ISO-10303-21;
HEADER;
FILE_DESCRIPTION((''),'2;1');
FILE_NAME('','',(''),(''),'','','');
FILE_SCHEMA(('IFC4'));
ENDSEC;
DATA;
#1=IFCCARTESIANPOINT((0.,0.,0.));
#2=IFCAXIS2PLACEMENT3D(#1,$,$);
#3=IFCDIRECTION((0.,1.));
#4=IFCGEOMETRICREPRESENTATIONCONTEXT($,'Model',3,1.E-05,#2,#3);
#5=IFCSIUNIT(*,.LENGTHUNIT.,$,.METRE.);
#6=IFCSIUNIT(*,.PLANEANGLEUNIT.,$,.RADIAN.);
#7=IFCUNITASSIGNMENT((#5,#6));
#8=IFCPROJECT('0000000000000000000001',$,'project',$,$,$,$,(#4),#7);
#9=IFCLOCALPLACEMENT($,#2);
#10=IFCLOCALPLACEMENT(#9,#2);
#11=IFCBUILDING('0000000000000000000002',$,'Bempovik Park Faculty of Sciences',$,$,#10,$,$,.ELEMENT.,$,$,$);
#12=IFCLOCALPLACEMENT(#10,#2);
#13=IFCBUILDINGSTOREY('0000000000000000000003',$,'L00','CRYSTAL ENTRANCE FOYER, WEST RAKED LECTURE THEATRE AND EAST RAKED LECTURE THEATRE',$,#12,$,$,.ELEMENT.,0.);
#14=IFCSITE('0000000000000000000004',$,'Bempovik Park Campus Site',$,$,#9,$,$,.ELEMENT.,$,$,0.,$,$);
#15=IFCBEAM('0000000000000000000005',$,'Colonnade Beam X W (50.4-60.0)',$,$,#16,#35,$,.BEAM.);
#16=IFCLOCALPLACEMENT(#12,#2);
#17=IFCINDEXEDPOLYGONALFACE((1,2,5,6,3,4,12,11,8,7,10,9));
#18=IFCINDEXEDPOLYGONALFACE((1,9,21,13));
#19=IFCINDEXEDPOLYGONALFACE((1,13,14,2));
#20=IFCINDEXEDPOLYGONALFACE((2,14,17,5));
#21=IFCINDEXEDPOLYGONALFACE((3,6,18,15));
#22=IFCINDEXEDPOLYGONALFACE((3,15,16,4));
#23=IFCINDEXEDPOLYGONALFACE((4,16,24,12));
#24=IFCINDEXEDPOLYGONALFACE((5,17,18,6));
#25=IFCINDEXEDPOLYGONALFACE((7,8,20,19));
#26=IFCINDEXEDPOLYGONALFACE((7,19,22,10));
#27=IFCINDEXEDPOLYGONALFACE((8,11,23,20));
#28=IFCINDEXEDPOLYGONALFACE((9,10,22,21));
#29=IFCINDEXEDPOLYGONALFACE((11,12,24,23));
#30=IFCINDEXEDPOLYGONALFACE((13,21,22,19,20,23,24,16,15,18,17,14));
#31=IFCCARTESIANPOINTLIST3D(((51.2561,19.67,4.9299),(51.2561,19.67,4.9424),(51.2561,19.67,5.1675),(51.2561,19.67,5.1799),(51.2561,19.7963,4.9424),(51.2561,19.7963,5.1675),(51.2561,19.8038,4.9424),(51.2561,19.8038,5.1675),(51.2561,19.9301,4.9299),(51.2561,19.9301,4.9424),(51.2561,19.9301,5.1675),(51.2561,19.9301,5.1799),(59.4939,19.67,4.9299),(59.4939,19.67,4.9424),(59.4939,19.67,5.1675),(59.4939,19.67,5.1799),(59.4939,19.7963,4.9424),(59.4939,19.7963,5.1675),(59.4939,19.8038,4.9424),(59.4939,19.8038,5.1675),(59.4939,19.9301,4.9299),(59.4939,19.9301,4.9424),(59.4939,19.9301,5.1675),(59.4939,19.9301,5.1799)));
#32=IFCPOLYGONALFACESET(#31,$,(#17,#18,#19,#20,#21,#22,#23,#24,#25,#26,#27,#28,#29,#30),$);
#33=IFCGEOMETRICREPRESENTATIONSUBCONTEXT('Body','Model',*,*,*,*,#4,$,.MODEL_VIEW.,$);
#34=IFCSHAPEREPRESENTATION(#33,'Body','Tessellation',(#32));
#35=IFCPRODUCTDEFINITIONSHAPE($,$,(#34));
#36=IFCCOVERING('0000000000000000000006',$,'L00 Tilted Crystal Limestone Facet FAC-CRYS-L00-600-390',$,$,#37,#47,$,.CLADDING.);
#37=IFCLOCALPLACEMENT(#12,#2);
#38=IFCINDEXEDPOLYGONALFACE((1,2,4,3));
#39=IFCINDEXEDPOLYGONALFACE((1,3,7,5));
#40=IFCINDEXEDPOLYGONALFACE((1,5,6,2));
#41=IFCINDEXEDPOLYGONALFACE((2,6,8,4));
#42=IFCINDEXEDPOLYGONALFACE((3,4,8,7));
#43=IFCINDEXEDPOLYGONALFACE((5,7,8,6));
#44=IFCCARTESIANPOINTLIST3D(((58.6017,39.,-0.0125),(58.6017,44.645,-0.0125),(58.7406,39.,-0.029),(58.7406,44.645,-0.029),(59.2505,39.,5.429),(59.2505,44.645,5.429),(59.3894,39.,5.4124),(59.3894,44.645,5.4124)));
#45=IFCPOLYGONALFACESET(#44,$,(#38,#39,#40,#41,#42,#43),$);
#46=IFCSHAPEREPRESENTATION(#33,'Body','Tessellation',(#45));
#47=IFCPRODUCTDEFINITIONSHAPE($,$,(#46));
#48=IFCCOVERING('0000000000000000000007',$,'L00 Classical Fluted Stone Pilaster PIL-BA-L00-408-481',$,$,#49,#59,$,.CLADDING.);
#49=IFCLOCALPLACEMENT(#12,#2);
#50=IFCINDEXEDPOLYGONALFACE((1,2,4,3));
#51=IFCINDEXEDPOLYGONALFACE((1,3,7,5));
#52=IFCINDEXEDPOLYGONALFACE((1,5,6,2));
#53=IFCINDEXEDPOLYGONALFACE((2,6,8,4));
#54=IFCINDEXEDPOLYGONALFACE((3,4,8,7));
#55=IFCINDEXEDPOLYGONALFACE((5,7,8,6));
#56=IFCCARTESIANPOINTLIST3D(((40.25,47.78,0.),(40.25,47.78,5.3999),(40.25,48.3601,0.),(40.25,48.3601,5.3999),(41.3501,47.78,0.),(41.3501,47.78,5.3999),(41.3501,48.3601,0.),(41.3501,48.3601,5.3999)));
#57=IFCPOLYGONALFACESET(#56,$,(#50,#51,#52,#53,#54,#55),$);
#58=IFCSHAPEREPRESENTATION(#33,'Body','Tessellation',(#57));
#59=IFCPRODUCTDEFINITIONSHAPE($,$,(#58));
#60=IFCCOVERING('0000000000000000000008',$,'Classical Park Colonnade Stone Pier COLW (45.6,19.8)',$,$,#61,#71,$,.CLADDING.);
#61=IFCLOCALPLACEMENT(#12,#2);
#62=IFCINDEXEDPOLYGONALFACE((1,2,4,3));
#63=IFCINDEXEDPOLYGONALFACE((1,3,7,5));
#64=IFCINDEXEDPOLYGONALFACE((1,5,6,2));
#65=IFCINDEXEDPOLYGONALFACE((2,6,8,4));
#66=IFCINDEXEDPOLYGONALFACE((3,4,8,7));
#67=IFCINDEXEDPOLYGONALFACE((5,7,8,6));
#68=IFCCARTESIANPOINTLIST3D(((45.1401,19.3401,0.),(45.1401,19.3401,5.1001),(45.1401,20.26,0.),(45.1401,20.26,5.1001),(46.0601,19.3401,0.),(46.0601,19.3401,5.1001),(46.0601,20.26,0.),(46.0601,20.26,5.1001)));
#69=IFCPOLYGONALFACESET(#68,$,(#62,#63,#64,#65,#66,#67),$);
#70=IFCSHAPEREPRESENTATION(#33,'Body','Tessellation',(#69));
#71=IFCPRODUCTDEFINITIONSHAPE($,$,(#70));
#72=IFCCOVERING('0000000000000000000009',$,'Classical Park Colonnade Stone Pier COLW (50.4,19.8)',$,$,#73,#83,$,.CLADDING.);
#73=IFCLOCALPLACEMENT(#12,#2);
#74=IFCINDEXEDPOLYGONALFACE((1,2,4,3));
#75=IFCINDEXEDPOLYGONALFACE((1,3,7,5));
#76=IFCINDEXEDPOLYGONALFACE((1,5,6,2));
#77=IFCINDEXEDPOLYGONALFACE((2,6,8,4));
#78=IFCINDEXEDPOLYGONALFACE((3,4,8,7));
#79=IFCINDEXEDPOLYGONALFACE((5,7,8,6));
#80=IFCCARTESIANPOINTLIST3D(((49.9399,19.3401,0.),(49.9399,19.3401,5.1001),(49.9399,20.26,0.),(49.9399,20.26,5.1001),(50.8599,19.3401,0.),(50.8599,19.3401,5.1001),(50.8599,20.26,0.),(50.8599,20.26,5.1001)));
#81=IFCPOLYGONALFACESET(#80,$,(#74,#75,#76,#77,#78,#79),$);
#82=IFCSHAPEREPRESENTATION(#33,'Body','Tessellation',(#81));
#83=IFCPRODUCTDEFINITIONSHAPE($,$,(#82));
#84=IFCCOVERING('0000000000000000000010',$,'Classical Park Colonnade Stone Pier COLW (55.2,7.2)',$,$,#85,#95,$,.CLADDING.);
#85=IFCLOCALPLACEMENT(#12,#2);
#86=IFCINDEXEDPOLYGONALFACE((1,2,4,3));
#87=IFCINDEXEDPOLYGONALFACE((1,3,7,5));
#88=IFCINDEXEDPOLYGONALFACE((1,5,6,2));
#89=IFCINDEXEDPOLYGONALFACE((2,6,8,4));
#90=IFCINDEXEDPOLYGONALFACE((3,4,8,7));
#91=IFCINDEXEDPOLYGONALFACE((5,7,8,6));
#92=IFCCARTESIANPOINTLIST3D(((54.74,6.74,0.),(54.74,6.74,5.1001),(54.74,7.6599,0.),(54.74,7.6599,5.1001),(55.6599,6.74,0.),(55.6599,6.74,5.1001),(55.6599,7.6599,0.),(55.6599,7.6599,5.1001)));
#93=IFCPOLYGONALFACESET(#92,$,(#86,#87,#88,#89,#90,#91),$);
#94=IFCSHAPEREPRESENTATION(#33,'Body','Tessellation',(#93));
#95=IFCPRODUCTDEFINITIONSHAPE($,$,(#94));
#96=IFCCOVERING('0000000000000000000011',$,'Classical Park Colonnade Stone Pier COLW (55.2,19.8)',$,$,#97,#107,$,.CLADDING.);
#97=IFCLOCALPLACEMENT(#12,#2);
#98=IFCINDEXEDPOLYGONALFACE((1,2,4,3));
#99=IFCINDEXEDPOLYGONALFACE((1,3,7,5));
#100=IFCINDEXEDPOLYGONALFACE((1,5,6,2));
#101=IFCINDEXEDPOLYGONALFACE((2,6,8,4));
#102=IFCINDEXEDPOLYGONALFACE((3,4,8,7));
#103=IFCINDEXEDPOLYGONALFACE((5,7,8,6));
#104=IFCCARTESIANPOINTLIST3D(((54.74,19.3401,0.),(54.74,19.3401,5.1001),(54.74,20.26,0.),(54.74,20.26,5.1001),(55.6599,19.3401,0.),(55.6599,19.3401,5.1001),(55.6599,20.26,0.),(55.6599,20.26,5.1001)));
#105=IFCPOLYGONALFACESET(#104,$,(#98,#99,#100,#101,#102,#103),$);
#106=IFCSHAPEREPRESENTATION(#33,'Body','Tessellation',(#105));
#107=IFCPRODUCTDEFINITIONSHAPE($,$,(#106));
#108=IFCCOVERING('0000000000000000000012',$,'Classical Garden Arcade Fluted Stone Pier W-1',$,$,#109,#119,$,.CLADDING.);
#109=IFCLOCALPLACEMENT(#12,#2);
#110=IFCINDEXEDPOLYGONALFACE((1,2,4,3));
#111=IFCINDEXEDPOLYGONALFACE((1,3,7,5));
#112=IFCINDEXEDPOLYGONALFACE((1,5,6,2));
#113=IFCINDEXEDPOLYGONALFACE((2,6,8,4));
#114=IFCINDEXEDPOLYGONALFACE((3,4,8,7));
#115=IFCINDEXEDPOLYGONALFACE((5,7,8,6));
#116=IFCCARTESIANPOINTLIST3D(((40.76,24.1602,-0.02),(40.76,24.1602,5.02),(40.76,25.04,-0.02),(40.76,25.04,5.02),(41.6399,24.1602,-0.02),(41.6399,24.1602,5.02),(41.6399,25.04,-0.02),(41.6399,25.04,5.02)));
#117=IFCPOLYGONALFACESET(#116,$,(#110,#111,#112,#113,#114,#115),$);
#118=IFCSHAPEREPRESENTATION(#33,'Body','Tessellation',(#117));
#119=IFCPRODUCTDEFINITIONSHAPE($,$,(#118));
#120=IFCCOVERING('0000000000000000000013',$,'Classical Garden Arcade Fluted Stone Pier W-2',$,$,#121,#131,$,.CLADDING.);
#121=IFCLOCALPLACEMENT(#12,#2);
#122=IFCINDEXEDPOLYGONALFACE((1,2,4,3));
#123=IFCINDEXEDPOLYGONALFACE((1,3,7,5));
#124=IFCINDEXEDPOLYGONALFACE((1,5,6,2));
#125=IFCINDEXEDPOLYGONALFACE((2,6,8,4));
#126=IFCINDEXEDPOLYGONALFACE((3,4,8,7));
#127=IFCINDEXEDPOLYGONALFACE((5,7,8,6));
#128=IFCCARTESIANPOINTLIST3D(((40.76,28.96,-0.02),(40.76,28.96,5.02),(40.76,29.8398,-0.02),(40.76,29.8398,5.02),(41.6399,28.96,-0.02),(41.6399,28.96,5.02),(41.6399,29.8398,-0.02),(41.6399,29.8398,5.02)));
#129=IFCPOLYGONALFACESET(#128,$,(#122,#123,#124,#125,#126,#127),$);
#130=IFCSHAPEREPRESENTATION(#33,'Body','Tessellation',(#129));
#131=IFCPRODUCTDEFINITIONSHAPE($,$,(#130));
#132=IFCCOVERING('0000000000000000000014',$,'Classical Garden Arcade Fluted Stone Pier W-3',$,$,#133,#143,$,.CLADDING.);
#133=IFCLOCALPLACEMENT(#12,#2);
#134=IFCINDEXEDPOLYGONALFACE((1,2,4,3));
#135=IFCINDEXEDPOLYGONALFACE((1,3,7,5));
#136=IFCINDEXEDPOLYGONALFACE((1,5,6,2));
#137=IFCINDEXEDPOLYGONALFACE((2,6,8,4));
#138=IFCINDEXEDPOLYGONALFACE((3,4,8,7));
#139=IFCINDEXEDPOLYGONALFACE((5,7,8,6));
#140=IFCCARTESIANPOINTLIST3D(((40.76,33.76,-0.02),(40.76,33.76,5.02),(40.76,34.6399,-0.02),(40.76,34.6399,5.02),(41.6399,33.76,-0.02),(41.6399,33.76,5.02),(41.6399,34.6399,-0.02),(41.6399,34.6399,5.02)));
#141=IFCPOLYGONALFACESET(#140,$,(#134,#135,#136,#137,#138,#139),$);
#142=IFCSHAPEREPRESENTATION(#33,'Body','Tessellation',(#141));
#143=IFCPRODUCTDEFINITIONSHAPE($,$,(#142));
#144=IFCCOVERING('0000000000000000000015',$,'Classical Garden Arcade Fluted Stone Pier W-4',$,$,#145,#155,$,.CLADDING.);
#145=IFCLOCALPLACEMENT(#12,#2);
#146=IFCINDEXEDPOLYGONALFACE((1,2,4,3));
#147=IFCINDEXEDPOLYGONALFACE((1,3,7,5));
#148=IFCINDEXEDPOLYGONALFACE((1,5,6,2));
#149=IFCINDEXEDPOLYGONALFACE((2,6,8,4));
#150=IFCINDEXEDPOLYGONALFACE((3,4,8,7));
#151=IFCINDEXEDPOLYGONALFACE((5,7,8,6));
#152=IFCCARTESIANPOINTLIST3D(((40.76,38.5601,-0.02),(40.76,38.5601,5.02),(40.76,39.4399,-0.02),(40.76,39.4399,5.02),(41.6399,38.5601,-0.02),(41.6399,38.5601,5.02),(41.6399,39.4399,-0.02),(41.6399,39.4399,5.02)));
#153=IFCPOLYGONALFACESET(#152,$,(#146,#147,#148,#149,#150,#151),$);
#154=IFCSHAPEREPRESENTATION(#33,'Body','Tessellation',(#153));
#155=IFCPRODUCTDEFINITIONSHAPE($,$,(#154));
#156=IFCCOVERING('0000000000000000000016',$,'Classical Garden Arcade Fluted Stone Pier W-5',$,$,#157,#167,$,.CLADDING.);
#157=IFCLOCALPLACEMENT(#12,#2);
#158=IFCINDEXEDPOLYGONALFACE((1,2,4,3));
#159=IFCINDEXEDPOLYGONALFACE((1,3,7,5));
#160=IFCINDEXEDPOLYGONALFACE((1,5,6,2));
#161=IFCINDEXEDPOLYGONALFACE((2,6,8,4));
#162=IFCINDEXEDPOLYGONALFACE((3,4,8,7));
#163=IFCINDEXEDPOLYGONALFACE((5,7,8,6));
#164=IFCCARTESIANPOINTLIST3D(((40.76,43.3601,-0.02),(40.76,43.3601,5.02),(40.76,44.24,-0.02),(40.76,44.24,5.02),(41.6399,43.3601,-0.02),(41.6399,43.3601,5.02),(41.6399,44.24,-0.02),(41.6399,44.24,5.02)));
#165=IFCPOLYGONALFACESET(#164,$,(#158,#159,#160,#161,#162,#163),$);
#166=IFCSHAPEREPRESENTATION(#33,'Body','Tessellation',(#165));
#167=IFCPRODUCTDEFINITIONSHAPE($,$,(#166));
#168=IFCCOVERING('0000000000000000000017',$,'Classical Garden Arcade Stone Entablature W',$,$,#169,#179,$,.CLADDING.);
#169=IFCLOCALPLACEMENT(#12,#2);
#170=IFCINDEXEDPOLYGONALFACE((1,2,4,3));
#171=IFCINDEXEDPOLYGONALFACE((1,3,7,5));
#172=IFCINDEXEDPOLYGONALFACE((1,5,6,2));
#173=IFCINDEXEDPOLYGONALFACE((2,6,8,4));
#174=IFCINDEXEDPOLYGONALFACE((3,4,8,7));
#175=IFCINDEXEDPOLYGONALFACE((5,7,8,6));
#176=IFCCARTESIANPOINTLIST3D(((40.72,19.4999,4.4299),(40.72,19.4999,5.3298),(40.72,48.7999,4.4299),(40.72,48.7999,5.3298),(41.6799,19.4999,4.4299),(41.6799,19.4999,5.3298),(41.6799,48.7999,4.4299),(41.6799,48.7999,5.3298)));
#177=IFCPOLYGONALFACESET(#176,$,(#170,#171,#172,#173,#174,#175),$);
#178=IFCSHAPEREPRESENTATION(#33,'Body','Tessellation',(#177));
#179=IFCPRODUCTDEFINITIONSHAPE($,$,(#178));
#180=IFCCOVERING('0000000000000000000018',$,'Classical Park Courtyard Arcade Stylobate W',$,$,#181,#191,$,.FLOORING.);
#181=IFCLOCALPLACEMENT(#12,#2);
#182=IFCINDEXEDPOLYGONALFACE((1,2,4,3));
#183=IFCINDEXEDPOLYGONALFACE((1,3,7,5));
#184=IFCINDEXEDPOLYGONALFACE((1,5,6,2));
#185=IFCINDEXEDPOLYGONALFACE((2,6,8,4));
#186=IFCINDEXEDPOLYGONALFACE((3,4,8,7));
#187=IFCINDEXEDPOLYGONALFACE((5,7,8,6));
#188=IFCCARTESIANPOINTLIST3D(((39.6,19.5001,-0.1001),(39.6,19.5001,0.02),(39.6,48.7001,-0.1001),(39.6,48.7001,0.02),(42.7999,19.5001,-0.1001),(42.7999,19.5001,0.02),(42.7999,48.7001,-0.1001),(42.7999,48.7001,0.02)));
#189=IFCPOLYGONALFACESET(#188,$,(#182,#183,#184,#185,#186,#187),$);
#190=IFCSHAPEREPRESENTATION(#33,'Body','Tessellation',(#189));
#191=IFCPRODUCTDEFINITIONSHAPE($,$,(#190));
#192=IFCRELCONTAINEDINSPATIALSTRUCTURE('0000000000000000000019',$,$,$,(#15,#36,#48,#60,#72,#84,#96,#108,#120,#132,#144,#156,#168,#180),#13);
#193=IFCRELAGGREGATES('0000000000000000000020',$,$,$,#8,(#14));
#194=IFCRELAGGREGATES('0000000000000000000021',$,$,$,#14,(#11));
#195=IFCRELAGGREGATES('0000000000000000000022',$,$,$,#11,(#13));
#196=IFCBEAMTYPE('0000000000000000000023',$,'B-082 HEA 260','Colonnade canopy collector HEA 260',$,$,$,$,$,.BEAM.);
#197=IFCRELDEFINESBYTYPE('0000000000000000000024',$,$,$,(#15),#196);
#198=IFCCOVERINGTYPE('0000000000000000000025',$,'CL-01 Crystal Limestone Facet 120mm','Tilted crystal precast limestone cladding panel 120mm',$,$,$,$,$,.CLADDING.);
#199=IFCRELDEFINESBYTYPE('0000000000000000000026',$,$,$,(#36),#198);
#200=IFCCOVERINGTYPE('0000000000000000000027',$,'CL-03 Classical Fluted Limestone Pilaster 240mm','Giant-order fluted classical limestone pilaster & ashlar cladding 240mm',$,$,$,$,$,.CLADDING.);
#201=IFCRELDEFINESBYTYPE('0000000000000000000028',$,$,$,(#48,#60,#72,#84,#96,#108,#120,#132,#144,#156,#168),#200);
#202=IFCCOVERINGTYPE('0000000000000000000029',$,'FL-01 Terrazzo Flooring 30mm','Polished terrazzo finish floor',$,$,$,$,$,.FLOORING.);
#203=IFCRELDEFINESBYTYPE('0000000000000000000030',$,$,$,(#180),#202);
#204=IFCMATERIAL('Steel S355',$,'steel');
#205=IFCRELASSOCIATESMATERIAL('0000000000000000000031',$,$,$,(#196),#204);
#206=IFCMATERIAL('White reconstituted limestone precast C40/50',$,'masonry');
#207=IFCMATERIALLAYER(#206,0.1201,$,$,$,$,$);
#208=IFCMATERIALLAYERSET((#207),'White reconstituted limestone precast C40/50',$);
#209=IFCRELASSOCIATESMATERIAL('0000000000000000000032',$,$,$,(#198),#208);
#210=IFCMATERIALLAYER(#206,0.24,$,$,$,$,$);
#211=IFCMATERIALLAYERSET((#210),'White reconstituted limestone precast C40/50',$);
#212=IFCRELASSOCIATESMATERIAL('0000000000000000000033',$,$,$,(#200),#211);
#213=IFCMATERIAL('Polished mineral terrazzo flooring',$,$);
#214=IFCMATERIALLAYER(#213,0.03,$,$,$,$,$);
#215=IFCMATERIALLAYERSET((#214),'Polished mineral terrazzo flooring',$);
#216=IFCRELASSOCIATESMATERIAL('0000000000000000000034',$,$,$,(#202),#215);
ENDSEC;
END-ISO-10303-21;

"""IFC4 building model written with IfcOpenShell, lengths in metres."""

from ifc_helpers import new_model, si_unit, direction, frame, origin, origin_2d, place, context, subcontext, project, spatial, rectangle, i_section, extrude, material, layer, layer_set, material_profile, profile_set, type_object, element, save


model = new_model("IFC4")

# Units and contexts
model_context = context("Model", 3, precision=1e-05, world=origin(), true_north=direction((0.0, 1.0)))
body_context = subcontext(model_context, "Body", "Model", "MODEL_VIEW")
ifc_project = project(units=[si_unit("LENGTHUNIT", "METRE"), si_unit("PLANEANGLEUNIT", "RADIAN")], contexts=[model_context])

# Site, building, storey
site_placement = place(None, origin())
site = spatial("IfcSite", under=ifc_project, at=site_placement, Name="Bempovik Park Campus Site", CompositionType="ELEMENT", RefElevation=0.0)
building_placement = place(site_placement, origin())
building = spatial("IfcBuilding", under=site, at=building_placement, Name="Bempovik Park Faculty of Sciences", CompositionType="ELEMENT")
storey_placement = place(building_placement, origin())
storey = spatial("IfcBuildingStorey", under=building, at=storey_placement, Name="L00", Description="CRYSTAL ENTRANCE FOYER, WEST RAKED LECTURE THEATRE AND EAST RAKED LECTURE THEATRE", CompositionType="ELEMENT", Elevation=0.0)

# Beam
ifc_material_1 = material(Name="Steel S355", Category="steel")
ifc_material_profile_1 = material_profile(ifc_material_1, i_section(OverallWidth=0.26, OverallDepth=0.25, WebThickness=0.0076, FlangeThickness=0.0125, at=origin_2d()), Name="HEA 260")
ifc_profile_set_1 = profile_set([ifc_material_profile_1], Name="Steel S355")
beam_type_1 = type_object("IfcBeamType", Name="B-082 HEA 260", Description="Colonnade canopy collector HEA 260", PredefinedType="BEAM", material=ifc_profile_set_1)
beam_1_placement = place(storey_placement, frame((51.2561, 19.8, 5.0549), z_axis=(1.0, 0.0, 0.0), x_axis=(0.0, 1.0, 0.0)))
element("IfcBeam", 1, at=beam_1_placement, inside=storey, type_object=beam_type_1, Name="Colonnade Beam X W (50.4-60.0)", PredefinedType="BEAM", context=body_context, shape_type="SweptSolid", body=[
    extrude(i_section(OverallWidth=0.26, OverallDepth=0.25, WebThickness=0.0076, FlangeThickness=0.0125, at=origin_2d()), origin(), (0.0, 0.0, 1.0), 8.2378),
])

# Coverings
ifc_material_2 = material(Name="White reconstituted limestone precast C40/50", Category="masonry")
ifc_layer_1 = layer(ifc_material_2, 0.1201)
ifc_layer_set_1 = layer_set([ifc_layer_1], Name="White reconstituted limestone precast C40/50")
covering_type_1 = type_object("IfcCoveringType", Name="CL-01 Crystal Limestone Facet 120mm", Description="Tilted crystal precast limestone cladding panel 120mm", PredefinedType="CLADDING", material=ifc_layer_set_1)
covering_1_placement = place(storey_placement, frame((58.6711, 41.8225, -0.0208), z_axis=(0.118404, 0.0, 0.992966), x_axis=(0.0, 1.0, 0.0)))
element("IfcCovering", 2, at=covering_1_placement, inside=storey, type_object=covering_type_1, Name="L00 Tilted Crystal Limestone Facet FAC-CRYS-L00-600-390", PredefinedType="CLADDING", context=body_context, shape_type="SweptSolid", body=[
    extrude(rectangle(XDim=5.645, YDim=0.1399, at=origin_2d()), origin(), (0.0, 0.0, 1.0), 5.48),
])
ifc_layer_2 = layer(ifc_material_2, 0.24)
ifc_layer_set_2 = layer_set([ifc_layer_2], Name="White reconstituted limestone precast C40/50")
covering_type_2 = type_object("IfcCoveringType", Name="CL-03 Classical Fluted Limestone Pilaster 240mm", Description="Giant-order fluted classical limestone pilaster & ashlar cladding 240mm", PredefinedType="CLADDING", material=ifc_layer_set_2)
covering_2_placement = place(storey_placement, frame((40.8, 48.0701, 0.0), z_axis=(0.0, 0.0, 1.0), x_axis=(1.0, 0.0, 0.0)))
element("IfcCovering", 3, at=covering_2_placement, inside=storey, type_object=covering_type_2, Name="L00 Classical Fluted Stone Pilaster PIL-BA-L00-408-481", PredefinedType="CLADDING", context=body_context, shape_type="SweptSolid", body=[
    extrude(rectangle(XDim=1.1001, YDim=0.5801, at=origin_2d()), origin(), (0.0, 0.0, 1.0), 5.3999),
])
for number, where, z_axis, x_axis, name in (
    (4, (45.6001, 19.8, 0.0), (0.0, 0.0, 1.0), (1.0, 0.0, 0.0), "Classical Park Colonnade Stone Pier COLW (45.6,19.8)"),
    (5, (50.3999, 19.8, 0.0), (0.0, 0.0, 1.0), (1.0, 0.0, 0.0), "Classical Park Colonnade Stone Pier COLW (50.4,19.8)"),
    (6, (55.2, 7.2, 0.0), (0.0, 0.0, 1.0), (1.0, 0.0, 0.0), "Classical Park Colonnade Stone Pier COLW (55.2,7.2)"),
    (7, (55.2, 19.8, 0.0), (0.0, 0.0, 1.0), (1.0, 0.0, 0.0), "Classical Park Colonnade Stone Pier COLW (55.2,19.8)"),
):
    element("IfcCovering", number, at=place(storey_placement, frame(where, z_axis=z_axis, x_axis=x_axis)), inside=storey, type_object=covering_type_2, Name=name, PredefinedType="CLADDING", context=body_context, shape_type="SweptSolid", body=[
        extrude(rectangle(XDim=0.9199, YDim=0.9199, at=origin_2d()), origin(), (0.0, 0.0, 1.0), 5.1001),
    ])
for number, where, z_axis, x_axis, name in (
    (8, (41.2, 24.6001, -0.02), (0.0, 0.0, 1.0), (1.0, 0.0, 0.0), "Classical Garden Arcade Fluted Stone Pier W-1"),
    (9, (41.2, 29.3999, -0.02), (0.0, 0.0, 1.0), (1.0, 0.0, 0.0), "Classical Garden Arcade Fluted Stone Pier W-2"),
    (10, (41.2, 34.2, -0.02), (0.0, 0.0, 1.0), (1.0, 0.0, 0.0), "Classical Garden Arcade Fluted Stone Pier W-3"),
    (11, (41.2, 39.0, -0.02), (0.0, 0.0, 1.0), (1.0, 0.0, 0.0), "Classical Garden Arcade Fluted Stone Pier W-4"),
    (12, (41.2, 43.8, -0.02), (0.0, 0.0, 1.0), (1.0, 0.0, 0.0), "Classical Garden Arcade Fluted Stone Pier W-5"),
):
    element("IfcCovering", number, at=place(storey_placement, frame(where, z_axis=z_axis, x_axis=x_axis)), inside=storey, type_object=covering_type_2, Name=name, PredefinedType="CLADDING", context=body_context, shape_type="SweptSolid", body=[
        extrude(rectangle(XDim=0.8799, YDim=0.8799, at=origin_2d()), origin(), (0.0, 0.0, 1.0), 5.04),
    ])
covering_3_placement = place(storey_placement, frame((41.2, 34.1499, 4.4299), z_axis=(0.0, 0.0, 1.0), x_axis=(1.0, 0.0, 0.0)))
element("IfcCovering", 13, at=covering_3_placement, inside=storey, type_object=covering_type_2, Name="Classical Garden Arcade Stone Entablature W", PredefinedType="CLADDING", context=body_context, shape_type="SweptSolid", body=[
    extrude(rectangle(XDim=0.96, YDim=29.3, at=origin_2d()), origin(), (0.0, 0.0, 1.0), 0.8999),
])
ifc_material_3 = material(Name="Polished mineral terrazzo flooring")
ifc_layer_3 = layer(ifc_material_3, 0.03)
ifc_layer_set_3 = layer_set([ifc_layer_3], Name="Polished mineral terrazzo flooring")
covering_type_3 = type_object("IfcCoveringType", Name="FL-01 Terrazzo Flooring 30mm", Description="Polished terrazzo finish floor", PredefinedType="FLOORING", material=ifc_layer_set_3)
covering_4_placement = place(storey_placement, frame((41.2, 34.1001, -0.1001), z_axis=(0.0, 0.0, 1.0), x_axis=(1.0, 0.0, 0.0)))
element("IfcCovering", 14, at=covering_4_placement, inside=storey, type_object=covering_type_3, Name="Classical Park Courtyard Arcade Stylobate W", PredefinedType="FLOORING", context=body_context, shape_type="SweptSolid", body=[
    extrude(rectangle(XDim=3.2, YDim=29.2, at=origin_2d()), origin(), (0.0, 0.0, 1.0), 0.1201),
])

save(model, "model.ifc")
